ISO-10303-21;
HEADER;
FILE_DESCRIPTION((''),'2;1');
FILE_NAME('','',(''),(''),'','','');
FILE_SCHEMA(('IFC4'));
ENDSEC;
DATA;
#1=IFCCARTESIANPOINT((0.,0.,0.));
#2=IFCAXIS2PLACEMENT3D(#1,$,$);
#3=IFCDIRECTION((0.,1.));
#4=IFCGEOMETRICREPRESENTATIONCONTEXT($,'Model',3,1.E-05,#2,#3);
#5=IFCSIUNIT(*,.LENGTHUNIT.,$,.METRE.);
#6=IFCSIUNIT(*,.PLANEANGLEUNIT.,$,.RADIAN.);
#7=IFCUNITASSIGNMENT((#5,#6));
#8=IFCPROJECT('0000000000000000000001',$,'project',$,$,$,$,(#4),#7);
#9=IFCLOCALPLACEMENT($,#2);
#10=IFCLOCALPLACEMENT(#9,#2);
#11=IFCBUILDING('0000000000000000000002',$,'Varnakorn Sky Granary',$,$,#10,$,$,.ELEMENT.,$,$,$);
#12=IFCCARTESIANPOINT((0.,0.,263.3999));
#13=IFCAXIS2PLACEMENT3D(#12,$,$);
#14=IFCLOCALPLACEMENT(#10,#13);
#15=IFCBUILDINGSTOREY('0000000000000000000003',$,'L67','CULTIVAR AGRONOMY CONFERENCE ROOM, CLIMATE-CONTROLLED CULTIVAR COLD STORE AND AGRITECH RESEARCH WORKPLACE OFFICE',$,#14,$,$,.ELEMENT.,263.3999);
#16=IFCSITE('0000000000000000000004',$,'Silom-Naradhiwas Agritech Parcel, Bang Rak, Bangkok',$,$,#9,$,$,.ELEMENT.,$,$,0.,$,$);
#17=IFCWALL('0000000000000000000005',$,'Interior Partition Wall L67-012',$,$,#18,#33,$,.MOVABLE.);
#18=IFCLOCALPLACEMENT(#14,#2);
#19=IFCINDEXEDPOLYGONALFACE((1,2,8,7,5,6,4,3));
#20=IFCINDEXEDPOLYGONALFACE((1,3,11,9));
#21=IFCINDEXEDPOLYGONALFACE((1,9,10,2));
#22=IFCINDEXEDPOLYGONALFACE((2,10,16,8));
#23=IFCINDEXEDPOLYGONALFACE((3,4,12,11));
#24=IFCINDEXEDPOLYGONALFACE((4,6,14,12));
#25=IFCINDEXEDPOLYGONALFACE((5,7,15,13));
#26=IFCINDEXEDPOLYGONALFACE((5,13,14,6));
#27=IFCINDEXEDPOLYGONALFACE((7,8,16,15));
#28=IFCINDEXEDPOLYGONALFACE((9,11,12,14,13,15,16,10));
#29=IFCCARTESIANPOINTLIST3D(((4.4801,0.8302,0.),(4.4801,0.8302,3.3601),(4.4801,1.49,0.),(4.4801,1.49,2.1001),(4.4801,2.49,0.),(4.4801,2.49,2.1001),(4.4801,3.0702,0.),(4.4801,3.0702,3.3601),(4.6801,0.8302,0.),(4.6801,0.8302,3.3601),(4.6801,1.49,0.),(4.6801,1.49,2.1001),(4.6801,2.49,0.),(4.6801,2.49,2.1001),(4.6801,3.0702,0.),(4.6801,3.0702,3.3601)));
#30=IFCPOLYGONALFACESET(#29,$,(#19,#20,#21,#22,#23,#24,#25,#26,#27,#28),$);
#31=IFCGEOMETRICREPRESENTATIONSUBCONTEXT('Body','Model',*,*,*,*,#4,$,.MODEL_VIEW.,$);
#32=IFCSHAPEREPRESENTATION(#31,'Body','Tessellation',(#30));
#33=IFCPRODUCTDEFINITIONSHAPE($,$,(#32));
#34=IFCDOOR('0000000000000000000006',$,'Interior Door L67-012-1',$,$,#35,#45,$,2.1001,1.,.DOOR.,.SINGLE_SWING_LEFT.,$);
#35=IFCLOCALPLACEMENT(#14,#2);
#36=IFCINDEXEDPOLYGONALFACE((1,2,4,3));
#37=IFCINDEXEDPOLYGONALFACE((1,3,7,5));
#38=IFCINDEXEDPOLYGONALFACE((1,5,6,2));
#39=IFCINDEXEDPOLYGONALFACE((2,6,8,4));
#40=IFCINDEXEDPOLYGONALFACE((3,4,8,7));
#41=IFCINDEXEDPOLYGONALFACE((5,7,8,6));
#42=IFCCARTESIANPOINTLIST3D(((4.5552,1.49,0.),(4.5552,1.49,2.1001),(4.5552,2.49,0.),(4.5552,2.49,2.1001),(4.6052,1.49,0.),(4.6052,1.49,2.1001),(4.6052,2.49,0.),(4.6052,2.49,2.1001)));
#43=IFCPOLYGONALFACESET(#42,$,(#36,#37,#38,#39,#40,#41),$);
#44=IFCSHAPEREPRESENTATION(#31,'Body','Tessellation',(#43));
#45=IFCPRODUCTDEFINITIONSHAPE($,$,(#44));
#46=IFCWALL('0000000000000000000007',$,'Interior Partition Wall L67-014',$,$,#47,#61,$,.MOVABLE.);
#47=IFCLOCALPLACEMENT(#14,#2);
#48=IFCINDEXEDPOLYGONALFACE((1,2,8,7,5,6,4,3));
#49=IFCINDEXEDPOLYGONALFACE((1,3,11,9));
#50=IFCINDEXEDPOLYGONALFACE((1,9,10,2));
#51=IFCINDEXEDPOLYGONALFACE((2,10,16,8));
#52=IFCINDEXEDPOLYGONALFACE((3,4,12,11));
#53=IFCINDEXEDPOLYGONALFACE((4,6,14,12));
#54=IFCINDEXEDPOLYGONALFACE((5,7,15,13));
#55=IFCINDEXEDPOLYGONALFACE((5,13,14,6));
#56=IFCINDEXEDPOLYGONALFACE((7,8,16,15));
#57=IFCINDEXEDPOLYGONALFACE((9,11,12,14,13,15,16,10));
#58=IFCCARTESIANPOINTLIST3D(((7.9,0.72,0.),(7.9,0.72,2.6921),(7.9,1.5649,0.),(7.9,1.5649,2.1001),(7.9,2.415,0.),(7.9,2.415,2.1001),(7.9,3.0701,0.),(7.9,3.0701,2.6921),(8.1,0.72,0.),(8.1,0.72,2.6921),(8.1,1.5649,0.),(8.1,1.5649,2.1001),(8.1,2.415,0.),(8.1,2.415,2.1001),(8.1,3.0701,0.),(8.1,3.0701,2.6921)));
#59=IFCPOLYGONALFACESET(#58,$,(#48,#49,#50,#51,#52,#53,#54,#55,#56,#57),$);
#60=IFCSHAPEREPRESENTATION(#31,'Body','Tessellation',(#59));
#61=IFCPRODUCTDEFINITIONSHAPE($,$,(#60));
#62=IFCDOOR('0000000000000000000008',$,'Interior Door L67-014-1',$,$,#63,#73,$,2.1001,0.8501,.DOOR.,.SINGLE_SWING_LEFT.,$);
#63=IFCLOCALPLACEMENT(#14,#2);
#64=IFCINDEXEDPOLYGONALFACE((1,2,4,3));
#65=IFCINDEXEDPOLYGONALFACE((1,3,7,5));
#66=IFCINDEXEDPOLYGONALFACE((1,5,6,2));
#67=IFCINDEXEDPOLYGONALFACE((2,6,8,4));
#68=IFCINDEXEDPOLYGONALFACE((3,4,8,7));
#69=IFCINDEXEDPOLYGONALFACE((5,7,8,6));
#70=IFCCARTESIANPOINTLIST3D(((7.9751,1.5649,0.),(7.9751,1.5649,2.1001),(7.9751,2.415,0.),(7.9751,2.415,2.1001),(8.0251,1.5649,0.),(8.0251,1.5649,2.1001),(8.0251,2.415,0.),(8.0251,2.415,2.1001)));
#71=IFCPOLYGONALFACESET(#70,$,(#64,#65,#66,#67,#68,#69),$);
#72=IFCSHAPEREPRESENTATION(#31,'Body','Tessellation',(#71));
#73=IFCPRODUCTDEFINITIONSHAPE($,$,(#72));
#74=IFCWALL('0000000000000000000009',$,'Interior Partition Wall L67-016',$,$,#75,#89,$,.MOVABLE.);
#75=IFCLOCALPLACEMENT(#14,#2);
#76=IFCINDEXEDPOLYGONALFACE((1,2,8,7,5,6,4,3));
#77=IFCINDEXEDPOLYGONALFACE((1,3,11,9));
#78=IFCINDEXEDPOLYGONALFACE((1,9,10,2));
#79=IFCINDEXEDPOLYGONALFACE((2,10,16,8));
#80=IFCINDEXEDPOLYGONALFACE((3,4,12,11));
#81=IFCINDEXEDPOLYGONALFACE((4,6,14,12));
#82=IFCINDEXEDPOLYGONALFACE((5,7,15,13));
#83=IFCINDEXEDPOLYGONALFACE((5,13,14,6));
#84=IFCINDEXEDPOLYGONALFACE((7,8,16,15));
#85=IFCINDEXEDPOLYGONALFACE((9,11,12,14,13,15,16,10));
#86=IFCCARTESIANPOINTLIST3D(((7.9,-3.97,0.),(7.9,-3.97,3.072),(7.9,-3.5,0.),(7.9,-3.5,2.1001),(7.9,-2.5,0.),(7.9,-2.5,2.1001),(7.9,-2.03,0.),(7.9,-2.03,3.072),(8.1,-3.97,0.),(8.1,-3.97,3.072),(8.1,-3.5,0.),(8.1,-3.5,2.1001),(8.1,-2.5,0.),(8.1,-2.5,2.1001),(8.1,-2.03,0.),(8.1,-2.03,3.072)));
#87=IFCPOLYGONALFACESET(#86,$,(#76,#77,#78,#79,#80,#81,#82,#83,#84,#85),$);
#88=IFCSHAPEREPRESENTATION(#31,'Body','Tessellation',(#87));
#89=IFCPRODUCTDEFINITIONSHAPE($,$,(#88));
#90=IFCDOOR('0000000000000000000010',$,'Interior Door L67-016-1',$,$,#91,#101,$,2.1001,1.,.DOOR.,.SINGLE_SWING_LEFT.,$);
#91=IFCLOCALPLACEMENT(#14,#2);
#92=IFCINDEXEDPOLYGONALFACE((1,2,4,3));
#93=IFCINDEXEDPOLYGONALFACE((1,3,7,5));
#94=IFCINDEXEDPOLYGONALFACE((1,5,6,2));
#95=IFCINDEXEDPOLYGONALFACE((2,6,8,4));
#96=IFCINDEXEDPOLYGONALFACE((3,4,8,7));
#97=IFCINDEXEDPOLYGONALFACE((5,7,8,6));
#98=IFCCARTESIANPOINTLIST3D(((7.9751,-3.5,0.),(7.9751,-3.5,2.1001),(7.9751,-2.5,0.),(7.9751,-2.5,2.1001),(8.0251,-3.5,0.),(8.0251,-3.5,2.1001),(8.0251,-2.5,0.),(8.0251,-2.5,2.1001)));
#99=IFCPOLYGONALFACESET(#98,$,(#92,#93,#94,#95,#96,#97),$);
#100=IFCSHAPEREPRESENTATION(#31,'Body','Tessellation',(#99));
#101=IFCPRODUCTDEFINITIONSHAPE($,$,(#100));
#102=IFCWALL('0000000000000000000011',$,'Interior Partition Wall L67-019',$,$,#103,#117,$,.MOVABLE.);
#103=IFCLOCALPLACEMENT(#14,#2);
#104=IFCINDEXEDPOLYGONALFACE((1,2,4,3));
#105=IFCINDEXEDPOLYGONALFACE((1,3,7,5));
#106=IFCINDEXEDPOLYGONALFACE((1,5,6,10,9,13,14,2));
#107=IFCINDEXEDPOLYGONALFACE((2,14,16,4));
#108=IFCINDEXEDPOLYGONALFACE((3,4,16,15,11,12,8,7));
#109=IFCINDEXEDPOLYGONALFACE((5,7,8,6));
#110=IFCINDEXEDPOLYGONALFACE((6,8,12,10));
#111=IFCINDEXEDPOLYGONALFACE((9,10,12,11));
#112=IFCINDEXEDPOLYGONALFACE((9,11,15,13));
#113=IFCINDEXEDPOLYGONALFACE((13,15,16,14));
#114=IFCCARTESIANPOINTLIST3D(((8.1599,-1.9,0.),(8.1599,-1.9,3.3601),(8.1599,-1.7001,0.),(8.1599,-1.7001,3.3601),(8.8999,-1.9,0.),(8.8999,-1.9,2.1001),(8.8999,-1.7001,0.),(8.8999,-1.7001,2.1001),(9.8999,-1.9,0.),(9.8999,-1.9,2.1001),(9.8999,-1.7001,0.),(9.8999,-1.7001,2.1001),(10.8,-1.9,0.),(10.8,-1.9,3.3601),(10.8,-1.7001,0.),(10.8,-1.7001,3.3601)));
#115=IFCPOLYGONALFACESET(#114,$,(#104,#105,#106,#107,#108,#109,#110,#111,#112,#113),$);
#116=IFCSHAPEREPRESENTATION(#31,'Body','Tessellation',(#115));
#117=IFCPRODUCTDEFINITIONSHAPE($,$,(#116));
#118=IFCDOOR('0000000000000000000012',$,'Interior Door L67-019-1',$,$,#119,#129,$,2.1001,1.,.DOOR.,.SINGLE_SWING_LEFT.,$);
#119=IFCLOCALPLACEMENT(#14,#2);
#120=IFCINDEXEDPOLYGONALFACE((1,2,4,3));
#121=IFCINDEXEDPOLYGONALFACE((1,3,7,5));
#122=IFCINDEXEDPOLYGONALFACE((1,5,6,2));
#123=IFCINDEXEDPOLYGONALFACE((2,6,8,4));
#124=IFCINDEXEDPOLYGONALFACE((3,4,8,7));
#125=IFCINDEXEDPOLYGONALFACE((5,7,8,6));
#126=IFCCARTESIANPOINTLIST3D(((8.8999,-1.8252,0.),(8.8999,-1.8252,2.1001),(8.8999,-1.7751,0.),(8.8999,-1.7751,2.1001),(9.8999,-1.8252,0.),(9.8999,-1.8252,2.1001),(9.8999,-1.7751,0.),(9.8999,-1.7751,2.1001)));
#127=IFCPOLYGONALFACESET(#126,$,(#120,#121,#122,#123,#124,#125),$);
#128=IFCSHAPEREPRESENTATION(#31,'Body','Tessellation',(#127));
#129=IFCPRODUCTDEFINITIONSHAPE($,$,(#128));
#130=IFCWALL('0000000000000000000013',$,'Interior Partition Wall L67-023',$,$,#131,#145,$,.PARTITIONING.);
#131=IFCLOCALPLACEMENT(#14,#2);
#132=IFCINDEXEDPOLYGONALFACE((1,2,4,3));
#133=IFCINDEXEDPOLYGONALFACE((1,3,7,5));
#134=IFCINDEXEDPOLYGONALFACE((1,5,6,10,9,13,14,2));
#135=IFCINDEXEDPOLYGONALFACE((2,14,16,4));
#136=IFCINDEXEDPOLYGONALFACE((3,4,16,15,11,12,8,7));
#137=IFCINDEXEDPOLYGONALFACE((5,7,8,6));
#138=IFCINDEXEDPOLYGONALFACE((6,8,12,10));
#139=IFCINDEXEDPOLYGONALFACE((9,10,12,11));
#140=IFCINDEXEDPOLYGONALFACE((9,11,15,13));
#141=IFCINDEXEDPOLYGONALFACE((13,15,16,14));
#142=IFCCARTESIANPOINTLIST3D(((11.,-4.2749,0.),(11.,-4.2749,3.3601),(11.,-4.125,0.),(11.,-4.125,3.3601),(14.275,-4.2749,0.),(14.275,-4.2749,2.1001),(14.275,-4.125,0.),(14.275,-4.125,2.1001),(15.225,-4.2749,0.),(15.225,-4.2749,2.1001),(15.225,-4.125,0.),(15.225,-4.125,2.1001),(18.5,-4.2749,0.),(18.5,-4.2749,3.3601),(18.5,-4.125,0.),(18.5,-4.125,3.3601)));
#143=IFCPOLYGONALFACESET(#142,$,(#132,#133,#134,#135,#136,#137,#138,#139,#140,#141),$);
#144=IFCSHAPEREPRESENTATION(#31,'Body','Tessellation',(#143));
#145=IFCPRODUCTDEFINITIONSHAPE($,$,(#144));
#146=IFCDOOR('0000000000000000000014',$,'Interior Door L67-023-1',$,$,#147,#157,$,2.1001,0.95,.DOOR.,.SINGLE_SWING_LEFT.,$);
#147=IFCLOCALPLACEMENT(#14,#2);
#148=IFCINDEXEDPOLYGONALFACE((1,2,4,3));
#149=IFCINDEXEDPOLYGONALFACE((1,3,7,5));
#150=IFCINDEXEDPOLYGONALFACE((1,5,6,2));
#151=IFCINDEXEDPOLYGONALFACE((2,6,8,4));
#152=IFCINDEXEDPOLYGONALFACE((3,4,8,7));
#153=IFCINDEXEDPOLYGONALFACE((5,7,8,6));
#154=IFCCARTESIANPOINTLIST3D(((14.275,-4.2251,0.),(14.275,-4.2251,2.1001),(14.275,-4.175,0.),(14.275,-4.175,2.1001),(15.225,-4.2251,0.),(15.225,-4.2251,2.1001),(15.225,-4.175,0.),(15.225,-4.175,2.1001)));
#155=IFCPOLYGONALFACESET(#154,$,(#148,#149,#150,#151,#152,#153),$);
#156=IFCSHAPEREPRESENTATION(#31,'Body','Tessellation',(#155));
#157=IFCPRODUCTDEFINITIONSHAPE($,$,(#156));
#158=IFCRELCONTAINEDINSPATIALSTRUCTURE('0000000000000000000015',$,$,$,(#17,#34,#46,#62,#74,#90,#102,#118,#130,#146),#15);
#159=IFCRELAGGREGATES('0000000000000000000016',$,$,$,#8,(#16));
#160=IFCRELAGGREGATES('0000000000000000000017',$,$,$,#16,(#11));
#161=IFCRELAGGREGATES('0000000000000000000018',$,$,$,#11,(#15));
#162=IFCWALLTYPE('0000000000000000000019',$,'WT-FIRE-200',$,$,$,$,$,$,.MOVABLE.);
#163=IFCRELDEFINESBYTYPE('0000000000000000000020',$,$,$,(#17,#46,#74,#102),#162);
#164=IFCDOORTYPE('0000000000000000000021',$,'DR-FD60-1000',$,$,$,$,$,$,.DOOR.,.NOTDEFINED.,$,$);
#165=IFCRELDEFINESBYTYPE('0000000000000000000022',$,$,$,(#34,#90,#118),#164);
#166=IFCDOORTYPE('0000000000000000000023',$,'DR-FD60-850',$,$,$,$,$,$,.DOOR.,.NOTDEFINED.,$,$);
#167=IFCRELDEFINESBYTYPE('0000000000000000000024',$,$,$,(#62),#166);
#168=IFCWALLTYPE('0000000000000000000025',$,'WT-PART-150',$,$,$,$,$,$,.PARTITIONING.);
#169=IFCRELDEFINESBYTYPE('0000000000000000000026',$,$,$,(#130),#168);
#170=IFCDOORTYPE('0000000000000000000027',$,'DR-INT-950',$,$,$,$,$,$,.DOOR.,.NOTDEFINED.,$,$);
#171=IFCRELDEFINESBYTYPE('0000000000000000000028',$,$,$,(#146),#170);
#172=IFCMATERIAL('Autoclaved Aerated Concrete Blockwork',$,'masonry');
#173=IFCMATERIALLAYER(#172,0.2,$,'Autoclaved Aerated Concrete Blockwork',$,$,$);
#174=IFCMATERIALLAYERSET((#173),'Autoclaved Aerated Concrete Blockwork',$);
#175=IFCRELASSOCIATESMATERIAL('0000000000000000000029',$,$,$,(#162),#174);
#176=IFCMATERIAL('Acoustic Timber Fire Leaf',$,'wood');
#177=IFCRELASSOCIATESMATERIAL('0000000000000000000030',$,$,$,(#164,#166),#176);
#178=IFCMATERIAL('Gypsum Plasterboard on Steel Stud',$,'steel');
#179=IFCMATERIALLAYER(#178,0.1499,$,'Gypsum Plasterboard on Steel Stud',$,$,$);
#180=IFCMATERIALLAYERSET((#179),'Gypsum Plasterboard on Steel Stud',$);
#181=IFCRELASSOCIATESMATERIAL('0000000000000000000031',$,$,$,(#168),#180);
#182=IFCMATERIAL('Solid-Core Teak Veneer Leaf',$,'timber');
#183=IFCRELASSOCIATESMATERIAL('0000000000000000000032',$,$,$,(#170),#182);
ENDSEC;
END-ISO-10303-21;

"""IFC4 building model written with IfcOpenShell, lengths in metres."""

from ifc_helpers import new_model, si_unit, direction, frame, frame_2d, origin, place, context, subcontext, project, spatial, rectangle, extrude, material, layer, layer_set, type_object, element, fill, save


model = new_model("IFC4")

# Units and contexts
model_context = context("Model", 3, precision=1e-05, world=origin(), true_north=direction((0.0, 1.0)))
body_context = subcontext(model_context, "Body", "Model", "MODEL_VIEW")
ifc_project = project(units=[si_unit("LENGTHUNIT", "METRE"), si_unit("PLANEANGLEUNIT", "RADIAN")], contexts=[model_context])

# Site, building, storey
site_placement = place(None, origin())
site = spatial("IfcSite", under=ifc_project, at=site_placement, Name="Silom-Naradhiwas Agritech Parcel, Bang Rak, Bangkok", CompositionType="ELEMENT", RefElevation=0.0)
building_placement = place(site_placement, origin())
building = spatial("IfcBuilding", under=site, at=building_placement, Name="Varnakorn Sky Granary", CompositionType="ELEMENT")
storey_placement = place(building_placement, frame((0.0, 0.0, 263.3999)))
storey = spatial("IfcBuildingStorey", under=building, at=storey_placement, Name="L67", Description="CULTIVAR AGRONOMY CONFERENCE ROOM, CLIMATE-CONTROLLED CULTIVAR COLD STORE AND AGRITECH RESEARCH WORKPLACE OFFICE", CompositionType="ELEMENT", Elevation=263.3999)

# Walls, openings, doors
ifc_material_1 = material(Name="Autoclaved Aerated Concrete Blockwork", Category="masonry")
ifc_layer_1 = layer(ifc_material_1, 0.2, Name="Autoclaved Aerated Concrete Blockwork")
ifc_layer_set_1 = layer_set([ifc_layer_1], Name="Autoclaved Aerated Concrete Blockwork")
wall_type_1 = type_object("IfcWallType", Name="WT-FIRE-200", PredefinedType="MOVABLE", material=ifc_layer_set_1)
wall_1_placement = place(storey_placement, frame((4.5801, 0.8301, 0.0), z_axis=(0.0, 0.0, 1.0), x_axis=(0.0, 1.0, 0.0)))
wall_1 = element("IfcWall", 1, at=wall_1_placement, inside=storey, type_object=wall_type_1, Name="Interior Partition Wall L67-012", PredefinedType="MOVABLE", context=body_context, shape_type="SweptSolid", body=[
    extrude(rectangle(XDim=2.24, YDim=0.2, at=frame_2d((1.1201, 0.0))), origin(), (0.0, 0.0, 1.0), 3.3601),
])
opening_1_placement = place(wall_1_placement, frame((0.6599, 0.0, 0.0)))
opening_1 = element("IfcOpeningElement", 2, at=opening_1_placement, cuts=wall_1, PredefinedType="OPENING", context=body_context, shape_type="SweptSolid", body=[
    extrude(rectangle(XDim=1.0, YDim=2.1001, at=frame_2d((0.5, 1.05))), frame((0.0, 0.1099, 0.0), z_axis=(0.0, -1.0, 0.0), x_axis=(1.0, 0.0, 0.0)), (0.0, 0.0, 1.0), 0.22),
])
ifc_material_2 = material(Name="Acoustic Timber Fire Leaf", Category="wood")
door_type_1 = type_object("IfcDoorType", Name="DR-FD60-1000", OperationType="NOTDEFINED", PredefinedType="DOOR", material=ifc_material_2)
door_1_placement = place(opening_1_placement, origin())
door_1 = element("IfcDoor", 3, at=door_1_placement, inside=storey, type_object=door_type_1, Name="Interior Door L67-012-1", OperationType="SINGLE_SWING_LEFT", OverallHeight=2.1001, OverallWidth=1.0, PredefinedType="DOOR", context=body_context, shape_type="SweptSolid", body=[
    extrude(rectangle(XDim=1.0, YDim=2.1001, at=frame_2d((0.5, 1.05))), frame((0.0, 0.0249, 0.0), z_axis=(0.0, -1.0, 0.0), x_axis=(1.0, 0.0, 0.0)), (0.0, 0.0, 1.0), 0.05),
])
fill(opening_1, door_1)
wall_2_placement = place(storey_placement, frame((8.0, 0.72, 0.0), z_axis=(0.0, 0.0, 1.0), x_axis=(0.0, 1.0, 0.0)))
wall_2 = element("IfcWall", 4, at=wall_2_placement, inside=storey, type_object=wall_type_1, Name="Interior Partition Wall L67-014", PredefinedType="MOVABLE", context=body_context, shape_type="SweptSolid", body=[
    extrude(rectangle(XDim=2.3501, YDim=0.2, at=frame_2d((1.175, 0.0))), origin(), (0.0, 0.0, 1.0), 2.6921),
])
opening_2_placement = place(wall_2_placement, frame((0.845, 0.0, 0.0)))
opening_2 = element("IfcOpeningElement", 5, at=opening_2_placement, cuts=wall_2, PredefinedType="OPENING", context=body_context, shape_type="SweptSolid", body=[
    extrude(rectangle(XDim=0.8501, YDim=2.1001, at=frame_2d((0.425, 1.05))), frame((0.0, 0.1099, 0.0), z_axis=(0.0, -1.0, 0.0), x_axis=(1.0, 0.0, 0.0)), (0.0, 0.0, 1.0), 0.22),
])
door_type_2 = type_object("IfcDoorType", Name="DR-FD60-850", OperationType="NOTDEFINED", PredefinedType="DOOR", material=ifc_material_2)
door_2_placement = place(opening_2_placement, origin())
door_2 = element("IfcDoor", 6, at=door_2_placement, inside=storey, type_object=door_type_2, Name="Interior Door L67-014-1", OperationType="SINGLE_SWING_LEFT", OverallHeight=2.1001, OverallWidth=0.8501, PredefinedType="DOOR", context=body_context, shape_type="SweptSolid", body=[
    extrude(rectangle(XDim=0.8501, YDim=2.1001, at=frame_2d((0.425, 1.05))), frame((0.0, 0.0249, 0.0), z_axis=(0.0, -1.0, 0.0), x_axis=(1.0, 0.0, 0.0)), (0.0, 0.0, 1.0), 0.05),
])
fill(opening_2, door_2)
wall_3_placement = place(storey_placement, frame((8.0, -3.97, 0.0), z_axis=(0.0, 0.0, 1.0), x_axis=(0.0, 1.0, 0.0)))
wall_3 = element("IfcWall", 7, at=wall_3_placement, inside=storey, type_object=wall_type_1, Name="Interior Partition Wall L67-016", PredefinedType="MOVABLE", context=body_context, shape_type="SweptSolid", body=[
    extrude(rectangle(XDim=1.9399, YDim=0.2, at=frame_2d((0.97, 0.0))), origin(), (0.0, 0.0, 1.0), 3.072),
])
opening_3_placement = place(wall_3_placement, frame((0.47, 0.0, 0.0)))
opening_3 = element("IfcOpeningElement", 8, at=opening_3_placement, cuts=wall_3, PredefinedType="OPENING", context=body_context, shape_type="SweptSolid", body=[
    extrude(rectangle(XDim=1.0, YDim=2.1001, at=frame_2d((0.5, 1.05))), frame((0.0, 0.1099, 0.0), z_axis=(0.0, -1.0, 0.0), x_axis=(1.0, 0.0, 0.0)), (0.0, 0.0, 1.0), 0.22),
])
door_3_placement = place(opening_3_placement, origin())
door_3 = element("IfcDoor", 9, at=door_3_placement, inside=storey, type_object=door_type_1, Name="Interior Door L67-016-1", OperationType="SINGLE_SWING_LEFT", OverallHeight=2.1001, OverallWidth=1.0, PredefinedType="DOOR", context=body_context, shape_type="SweptSolid", body=[
    extrude(rectangle(XDim=1.0, YDim=2.1001, at=frame_2d((0.5, 1.05))), frame((0.0, 0.0249, 0.0), z_axis=(0.0, -1.0, 0.0), x_axis=(1.0, 0.0, 0.0)), (0.0, 0.0, 1.0), 0.05),
])
fill(opening_3, door_3)
wall_4_placement = place(storey_placement, frame((8.1599, -1.8, 0.0), z_axis=(0.0, 0.0, 1.0), x_axis=(1.0, 0.0, 0.0)))
wall_4 = element("IfcWall", 10, at=wall_4_placement, inside=storey, type_object=wall_type_1, Name="Interior Partition Wall L67-019", PredefinedType="MOVABLE", context=body_context, shape_type="SweptSolid", body=[
    extrude(rectangle(XDim=2.6401, YDim=0.2, at=frame_2d((1.3201, 0.0))), origin(), (0.0, 0.0, 1.0), 3.3601),
])
opening_4_placement = place(wall_4_placement, frame((0.74, 0.0, 0.0)))
opening_4 = element("IfcOpeningElement", 11, at=opening_4_placement, cuts=wall_4, PredefinedType="OPENING", context=body_context, shape_type="SweptSolid", body=[
    extrude(rectangle(XDim=1.0, YDim=2.1001, at=frame_2d((0.5, 1.05))), frame((0.0, 0.1099, 0.0), z_axis=(0.0, -1.0, 0.0), x_axis=(1.0, 0.0, 0.0)), (0.0, 0.0, 1.0), 0.22),
])
door_4_placement = place(opening_4_placement, origin())
door_4 = element("IfcDoor", 12, at=door_4_placement, inside=storey, type_object=door_type_1, Name="Interior Door L67-019-1", OperationType="SINGLE_SWING_LEFT", OverallHeight=2.1001, OverallWidth=1.0, PredefinedType="DOOR", context=body_context, shape_type="SweptSolid", body=[
    extrude(rectangle(XDim=1.0, YDim=2.1001, at=frame_2d((0.5, 1.05))), frame((0.0, 0.0249, 0.0), z_axis=(0.0, -1.0, 0.0), x_axis=(1.0, 0.0, 0.0)), (0.0, 0.0, 1.0), 0.05),
])
fill(opening_4, door_4)
ifc_material_3 = material(Name="Gypsum Plasterboard on Steel Stud", Category="steel")
ifc_layer_2 = layer(ifc_material_3, 0.1499, Name="Gypsum Plasterboard on Steel Stud")
ifc_layer_set_2 = layer_set([ifc_layer_2], Name="Gypsum Plasterboard on Steel Stud")
wall_type_2 = type_object("IfcWallType", Name="WT-PART-150", PredefinedType="PARTITIONING", material=ifc_layer_set_2)
wall_5_placement = place(storey_placement, frame((11.0, -4.2, 0.0), z_axis=(0.0, 0.0, 1.0), x_axis=(1.0, 0.0, 0.0)))
wall_5 = element("IfcWall", 13, at=wall_5_placement, inside=storey, type_object=wall_type_2, Name="Interior Partition Wall L67-023", PredefinedType="PARTITIONING", context=body_context, shape_type="SweptSolid", body=[
    extrude(rectangle(XDim=7.5, YDim=0.1499, at=frame_2d((3.75, 0.0))), origin(), (0.0, 0.0, 1.0), 3.3601),
])
opening_5_placement = place(wall_5_placement, frame((3.2749, 0.0, 0.0)))
opening_5 = element("IfcOpeningElement", 14, at=opening_5_placement, cuts=wall_5, PredefinedType="OPENING", context=body_context, shape_type="SweptSolid", body=[
    extrude(rectangle(XDim=0.95, YDim=2.1001, at=frame_2d((0.4751, 1.05))), frame((0.0, 0.085, 0.0), z_axis=(0.0, -1.0, 0.0), x_axis=(1.0, 0.0, 0.0)), (0.0, 0.0, 1.0), 0.1699),
])
ifc_material_4 = material(Name="Solid-Core Teak Veneer Leaf", Category="timber")
door_type_3 = type_object("IfcDoorType", Name="DR-INT-950", OperationType="NOTDEFINED", PredefinedType="DOOR", material=ifc_material_4)
door_5_placement = place(opening_5_placement, origin())
door_5 = element("IfcDoor", 15, at=door_5_placement, inside=storey, type_object=door_type_3, Name="Interior Door L67-023-1", OperationType="SINGLE_SWING_LEFT", OverallHeight=2.1001, OverallWidth=0.95, PredefinedType="DOOR", context=body_context, shape_type="SweptSolid", body=[
    extrude(rectangle(XDim=0.95, YDim=2.1001, at=frame_2d((0.4751, 1.05))), frame((0.0, 0.0249, 0.0), z_axis=(0.0, -1.0, 0.0), x_axis=(1.0, 0.0, 0.0)), (0.0, 0.0, 1.0), 0.05),
])
fill(opening_5, door_5)

save(model, "model.ifc")
